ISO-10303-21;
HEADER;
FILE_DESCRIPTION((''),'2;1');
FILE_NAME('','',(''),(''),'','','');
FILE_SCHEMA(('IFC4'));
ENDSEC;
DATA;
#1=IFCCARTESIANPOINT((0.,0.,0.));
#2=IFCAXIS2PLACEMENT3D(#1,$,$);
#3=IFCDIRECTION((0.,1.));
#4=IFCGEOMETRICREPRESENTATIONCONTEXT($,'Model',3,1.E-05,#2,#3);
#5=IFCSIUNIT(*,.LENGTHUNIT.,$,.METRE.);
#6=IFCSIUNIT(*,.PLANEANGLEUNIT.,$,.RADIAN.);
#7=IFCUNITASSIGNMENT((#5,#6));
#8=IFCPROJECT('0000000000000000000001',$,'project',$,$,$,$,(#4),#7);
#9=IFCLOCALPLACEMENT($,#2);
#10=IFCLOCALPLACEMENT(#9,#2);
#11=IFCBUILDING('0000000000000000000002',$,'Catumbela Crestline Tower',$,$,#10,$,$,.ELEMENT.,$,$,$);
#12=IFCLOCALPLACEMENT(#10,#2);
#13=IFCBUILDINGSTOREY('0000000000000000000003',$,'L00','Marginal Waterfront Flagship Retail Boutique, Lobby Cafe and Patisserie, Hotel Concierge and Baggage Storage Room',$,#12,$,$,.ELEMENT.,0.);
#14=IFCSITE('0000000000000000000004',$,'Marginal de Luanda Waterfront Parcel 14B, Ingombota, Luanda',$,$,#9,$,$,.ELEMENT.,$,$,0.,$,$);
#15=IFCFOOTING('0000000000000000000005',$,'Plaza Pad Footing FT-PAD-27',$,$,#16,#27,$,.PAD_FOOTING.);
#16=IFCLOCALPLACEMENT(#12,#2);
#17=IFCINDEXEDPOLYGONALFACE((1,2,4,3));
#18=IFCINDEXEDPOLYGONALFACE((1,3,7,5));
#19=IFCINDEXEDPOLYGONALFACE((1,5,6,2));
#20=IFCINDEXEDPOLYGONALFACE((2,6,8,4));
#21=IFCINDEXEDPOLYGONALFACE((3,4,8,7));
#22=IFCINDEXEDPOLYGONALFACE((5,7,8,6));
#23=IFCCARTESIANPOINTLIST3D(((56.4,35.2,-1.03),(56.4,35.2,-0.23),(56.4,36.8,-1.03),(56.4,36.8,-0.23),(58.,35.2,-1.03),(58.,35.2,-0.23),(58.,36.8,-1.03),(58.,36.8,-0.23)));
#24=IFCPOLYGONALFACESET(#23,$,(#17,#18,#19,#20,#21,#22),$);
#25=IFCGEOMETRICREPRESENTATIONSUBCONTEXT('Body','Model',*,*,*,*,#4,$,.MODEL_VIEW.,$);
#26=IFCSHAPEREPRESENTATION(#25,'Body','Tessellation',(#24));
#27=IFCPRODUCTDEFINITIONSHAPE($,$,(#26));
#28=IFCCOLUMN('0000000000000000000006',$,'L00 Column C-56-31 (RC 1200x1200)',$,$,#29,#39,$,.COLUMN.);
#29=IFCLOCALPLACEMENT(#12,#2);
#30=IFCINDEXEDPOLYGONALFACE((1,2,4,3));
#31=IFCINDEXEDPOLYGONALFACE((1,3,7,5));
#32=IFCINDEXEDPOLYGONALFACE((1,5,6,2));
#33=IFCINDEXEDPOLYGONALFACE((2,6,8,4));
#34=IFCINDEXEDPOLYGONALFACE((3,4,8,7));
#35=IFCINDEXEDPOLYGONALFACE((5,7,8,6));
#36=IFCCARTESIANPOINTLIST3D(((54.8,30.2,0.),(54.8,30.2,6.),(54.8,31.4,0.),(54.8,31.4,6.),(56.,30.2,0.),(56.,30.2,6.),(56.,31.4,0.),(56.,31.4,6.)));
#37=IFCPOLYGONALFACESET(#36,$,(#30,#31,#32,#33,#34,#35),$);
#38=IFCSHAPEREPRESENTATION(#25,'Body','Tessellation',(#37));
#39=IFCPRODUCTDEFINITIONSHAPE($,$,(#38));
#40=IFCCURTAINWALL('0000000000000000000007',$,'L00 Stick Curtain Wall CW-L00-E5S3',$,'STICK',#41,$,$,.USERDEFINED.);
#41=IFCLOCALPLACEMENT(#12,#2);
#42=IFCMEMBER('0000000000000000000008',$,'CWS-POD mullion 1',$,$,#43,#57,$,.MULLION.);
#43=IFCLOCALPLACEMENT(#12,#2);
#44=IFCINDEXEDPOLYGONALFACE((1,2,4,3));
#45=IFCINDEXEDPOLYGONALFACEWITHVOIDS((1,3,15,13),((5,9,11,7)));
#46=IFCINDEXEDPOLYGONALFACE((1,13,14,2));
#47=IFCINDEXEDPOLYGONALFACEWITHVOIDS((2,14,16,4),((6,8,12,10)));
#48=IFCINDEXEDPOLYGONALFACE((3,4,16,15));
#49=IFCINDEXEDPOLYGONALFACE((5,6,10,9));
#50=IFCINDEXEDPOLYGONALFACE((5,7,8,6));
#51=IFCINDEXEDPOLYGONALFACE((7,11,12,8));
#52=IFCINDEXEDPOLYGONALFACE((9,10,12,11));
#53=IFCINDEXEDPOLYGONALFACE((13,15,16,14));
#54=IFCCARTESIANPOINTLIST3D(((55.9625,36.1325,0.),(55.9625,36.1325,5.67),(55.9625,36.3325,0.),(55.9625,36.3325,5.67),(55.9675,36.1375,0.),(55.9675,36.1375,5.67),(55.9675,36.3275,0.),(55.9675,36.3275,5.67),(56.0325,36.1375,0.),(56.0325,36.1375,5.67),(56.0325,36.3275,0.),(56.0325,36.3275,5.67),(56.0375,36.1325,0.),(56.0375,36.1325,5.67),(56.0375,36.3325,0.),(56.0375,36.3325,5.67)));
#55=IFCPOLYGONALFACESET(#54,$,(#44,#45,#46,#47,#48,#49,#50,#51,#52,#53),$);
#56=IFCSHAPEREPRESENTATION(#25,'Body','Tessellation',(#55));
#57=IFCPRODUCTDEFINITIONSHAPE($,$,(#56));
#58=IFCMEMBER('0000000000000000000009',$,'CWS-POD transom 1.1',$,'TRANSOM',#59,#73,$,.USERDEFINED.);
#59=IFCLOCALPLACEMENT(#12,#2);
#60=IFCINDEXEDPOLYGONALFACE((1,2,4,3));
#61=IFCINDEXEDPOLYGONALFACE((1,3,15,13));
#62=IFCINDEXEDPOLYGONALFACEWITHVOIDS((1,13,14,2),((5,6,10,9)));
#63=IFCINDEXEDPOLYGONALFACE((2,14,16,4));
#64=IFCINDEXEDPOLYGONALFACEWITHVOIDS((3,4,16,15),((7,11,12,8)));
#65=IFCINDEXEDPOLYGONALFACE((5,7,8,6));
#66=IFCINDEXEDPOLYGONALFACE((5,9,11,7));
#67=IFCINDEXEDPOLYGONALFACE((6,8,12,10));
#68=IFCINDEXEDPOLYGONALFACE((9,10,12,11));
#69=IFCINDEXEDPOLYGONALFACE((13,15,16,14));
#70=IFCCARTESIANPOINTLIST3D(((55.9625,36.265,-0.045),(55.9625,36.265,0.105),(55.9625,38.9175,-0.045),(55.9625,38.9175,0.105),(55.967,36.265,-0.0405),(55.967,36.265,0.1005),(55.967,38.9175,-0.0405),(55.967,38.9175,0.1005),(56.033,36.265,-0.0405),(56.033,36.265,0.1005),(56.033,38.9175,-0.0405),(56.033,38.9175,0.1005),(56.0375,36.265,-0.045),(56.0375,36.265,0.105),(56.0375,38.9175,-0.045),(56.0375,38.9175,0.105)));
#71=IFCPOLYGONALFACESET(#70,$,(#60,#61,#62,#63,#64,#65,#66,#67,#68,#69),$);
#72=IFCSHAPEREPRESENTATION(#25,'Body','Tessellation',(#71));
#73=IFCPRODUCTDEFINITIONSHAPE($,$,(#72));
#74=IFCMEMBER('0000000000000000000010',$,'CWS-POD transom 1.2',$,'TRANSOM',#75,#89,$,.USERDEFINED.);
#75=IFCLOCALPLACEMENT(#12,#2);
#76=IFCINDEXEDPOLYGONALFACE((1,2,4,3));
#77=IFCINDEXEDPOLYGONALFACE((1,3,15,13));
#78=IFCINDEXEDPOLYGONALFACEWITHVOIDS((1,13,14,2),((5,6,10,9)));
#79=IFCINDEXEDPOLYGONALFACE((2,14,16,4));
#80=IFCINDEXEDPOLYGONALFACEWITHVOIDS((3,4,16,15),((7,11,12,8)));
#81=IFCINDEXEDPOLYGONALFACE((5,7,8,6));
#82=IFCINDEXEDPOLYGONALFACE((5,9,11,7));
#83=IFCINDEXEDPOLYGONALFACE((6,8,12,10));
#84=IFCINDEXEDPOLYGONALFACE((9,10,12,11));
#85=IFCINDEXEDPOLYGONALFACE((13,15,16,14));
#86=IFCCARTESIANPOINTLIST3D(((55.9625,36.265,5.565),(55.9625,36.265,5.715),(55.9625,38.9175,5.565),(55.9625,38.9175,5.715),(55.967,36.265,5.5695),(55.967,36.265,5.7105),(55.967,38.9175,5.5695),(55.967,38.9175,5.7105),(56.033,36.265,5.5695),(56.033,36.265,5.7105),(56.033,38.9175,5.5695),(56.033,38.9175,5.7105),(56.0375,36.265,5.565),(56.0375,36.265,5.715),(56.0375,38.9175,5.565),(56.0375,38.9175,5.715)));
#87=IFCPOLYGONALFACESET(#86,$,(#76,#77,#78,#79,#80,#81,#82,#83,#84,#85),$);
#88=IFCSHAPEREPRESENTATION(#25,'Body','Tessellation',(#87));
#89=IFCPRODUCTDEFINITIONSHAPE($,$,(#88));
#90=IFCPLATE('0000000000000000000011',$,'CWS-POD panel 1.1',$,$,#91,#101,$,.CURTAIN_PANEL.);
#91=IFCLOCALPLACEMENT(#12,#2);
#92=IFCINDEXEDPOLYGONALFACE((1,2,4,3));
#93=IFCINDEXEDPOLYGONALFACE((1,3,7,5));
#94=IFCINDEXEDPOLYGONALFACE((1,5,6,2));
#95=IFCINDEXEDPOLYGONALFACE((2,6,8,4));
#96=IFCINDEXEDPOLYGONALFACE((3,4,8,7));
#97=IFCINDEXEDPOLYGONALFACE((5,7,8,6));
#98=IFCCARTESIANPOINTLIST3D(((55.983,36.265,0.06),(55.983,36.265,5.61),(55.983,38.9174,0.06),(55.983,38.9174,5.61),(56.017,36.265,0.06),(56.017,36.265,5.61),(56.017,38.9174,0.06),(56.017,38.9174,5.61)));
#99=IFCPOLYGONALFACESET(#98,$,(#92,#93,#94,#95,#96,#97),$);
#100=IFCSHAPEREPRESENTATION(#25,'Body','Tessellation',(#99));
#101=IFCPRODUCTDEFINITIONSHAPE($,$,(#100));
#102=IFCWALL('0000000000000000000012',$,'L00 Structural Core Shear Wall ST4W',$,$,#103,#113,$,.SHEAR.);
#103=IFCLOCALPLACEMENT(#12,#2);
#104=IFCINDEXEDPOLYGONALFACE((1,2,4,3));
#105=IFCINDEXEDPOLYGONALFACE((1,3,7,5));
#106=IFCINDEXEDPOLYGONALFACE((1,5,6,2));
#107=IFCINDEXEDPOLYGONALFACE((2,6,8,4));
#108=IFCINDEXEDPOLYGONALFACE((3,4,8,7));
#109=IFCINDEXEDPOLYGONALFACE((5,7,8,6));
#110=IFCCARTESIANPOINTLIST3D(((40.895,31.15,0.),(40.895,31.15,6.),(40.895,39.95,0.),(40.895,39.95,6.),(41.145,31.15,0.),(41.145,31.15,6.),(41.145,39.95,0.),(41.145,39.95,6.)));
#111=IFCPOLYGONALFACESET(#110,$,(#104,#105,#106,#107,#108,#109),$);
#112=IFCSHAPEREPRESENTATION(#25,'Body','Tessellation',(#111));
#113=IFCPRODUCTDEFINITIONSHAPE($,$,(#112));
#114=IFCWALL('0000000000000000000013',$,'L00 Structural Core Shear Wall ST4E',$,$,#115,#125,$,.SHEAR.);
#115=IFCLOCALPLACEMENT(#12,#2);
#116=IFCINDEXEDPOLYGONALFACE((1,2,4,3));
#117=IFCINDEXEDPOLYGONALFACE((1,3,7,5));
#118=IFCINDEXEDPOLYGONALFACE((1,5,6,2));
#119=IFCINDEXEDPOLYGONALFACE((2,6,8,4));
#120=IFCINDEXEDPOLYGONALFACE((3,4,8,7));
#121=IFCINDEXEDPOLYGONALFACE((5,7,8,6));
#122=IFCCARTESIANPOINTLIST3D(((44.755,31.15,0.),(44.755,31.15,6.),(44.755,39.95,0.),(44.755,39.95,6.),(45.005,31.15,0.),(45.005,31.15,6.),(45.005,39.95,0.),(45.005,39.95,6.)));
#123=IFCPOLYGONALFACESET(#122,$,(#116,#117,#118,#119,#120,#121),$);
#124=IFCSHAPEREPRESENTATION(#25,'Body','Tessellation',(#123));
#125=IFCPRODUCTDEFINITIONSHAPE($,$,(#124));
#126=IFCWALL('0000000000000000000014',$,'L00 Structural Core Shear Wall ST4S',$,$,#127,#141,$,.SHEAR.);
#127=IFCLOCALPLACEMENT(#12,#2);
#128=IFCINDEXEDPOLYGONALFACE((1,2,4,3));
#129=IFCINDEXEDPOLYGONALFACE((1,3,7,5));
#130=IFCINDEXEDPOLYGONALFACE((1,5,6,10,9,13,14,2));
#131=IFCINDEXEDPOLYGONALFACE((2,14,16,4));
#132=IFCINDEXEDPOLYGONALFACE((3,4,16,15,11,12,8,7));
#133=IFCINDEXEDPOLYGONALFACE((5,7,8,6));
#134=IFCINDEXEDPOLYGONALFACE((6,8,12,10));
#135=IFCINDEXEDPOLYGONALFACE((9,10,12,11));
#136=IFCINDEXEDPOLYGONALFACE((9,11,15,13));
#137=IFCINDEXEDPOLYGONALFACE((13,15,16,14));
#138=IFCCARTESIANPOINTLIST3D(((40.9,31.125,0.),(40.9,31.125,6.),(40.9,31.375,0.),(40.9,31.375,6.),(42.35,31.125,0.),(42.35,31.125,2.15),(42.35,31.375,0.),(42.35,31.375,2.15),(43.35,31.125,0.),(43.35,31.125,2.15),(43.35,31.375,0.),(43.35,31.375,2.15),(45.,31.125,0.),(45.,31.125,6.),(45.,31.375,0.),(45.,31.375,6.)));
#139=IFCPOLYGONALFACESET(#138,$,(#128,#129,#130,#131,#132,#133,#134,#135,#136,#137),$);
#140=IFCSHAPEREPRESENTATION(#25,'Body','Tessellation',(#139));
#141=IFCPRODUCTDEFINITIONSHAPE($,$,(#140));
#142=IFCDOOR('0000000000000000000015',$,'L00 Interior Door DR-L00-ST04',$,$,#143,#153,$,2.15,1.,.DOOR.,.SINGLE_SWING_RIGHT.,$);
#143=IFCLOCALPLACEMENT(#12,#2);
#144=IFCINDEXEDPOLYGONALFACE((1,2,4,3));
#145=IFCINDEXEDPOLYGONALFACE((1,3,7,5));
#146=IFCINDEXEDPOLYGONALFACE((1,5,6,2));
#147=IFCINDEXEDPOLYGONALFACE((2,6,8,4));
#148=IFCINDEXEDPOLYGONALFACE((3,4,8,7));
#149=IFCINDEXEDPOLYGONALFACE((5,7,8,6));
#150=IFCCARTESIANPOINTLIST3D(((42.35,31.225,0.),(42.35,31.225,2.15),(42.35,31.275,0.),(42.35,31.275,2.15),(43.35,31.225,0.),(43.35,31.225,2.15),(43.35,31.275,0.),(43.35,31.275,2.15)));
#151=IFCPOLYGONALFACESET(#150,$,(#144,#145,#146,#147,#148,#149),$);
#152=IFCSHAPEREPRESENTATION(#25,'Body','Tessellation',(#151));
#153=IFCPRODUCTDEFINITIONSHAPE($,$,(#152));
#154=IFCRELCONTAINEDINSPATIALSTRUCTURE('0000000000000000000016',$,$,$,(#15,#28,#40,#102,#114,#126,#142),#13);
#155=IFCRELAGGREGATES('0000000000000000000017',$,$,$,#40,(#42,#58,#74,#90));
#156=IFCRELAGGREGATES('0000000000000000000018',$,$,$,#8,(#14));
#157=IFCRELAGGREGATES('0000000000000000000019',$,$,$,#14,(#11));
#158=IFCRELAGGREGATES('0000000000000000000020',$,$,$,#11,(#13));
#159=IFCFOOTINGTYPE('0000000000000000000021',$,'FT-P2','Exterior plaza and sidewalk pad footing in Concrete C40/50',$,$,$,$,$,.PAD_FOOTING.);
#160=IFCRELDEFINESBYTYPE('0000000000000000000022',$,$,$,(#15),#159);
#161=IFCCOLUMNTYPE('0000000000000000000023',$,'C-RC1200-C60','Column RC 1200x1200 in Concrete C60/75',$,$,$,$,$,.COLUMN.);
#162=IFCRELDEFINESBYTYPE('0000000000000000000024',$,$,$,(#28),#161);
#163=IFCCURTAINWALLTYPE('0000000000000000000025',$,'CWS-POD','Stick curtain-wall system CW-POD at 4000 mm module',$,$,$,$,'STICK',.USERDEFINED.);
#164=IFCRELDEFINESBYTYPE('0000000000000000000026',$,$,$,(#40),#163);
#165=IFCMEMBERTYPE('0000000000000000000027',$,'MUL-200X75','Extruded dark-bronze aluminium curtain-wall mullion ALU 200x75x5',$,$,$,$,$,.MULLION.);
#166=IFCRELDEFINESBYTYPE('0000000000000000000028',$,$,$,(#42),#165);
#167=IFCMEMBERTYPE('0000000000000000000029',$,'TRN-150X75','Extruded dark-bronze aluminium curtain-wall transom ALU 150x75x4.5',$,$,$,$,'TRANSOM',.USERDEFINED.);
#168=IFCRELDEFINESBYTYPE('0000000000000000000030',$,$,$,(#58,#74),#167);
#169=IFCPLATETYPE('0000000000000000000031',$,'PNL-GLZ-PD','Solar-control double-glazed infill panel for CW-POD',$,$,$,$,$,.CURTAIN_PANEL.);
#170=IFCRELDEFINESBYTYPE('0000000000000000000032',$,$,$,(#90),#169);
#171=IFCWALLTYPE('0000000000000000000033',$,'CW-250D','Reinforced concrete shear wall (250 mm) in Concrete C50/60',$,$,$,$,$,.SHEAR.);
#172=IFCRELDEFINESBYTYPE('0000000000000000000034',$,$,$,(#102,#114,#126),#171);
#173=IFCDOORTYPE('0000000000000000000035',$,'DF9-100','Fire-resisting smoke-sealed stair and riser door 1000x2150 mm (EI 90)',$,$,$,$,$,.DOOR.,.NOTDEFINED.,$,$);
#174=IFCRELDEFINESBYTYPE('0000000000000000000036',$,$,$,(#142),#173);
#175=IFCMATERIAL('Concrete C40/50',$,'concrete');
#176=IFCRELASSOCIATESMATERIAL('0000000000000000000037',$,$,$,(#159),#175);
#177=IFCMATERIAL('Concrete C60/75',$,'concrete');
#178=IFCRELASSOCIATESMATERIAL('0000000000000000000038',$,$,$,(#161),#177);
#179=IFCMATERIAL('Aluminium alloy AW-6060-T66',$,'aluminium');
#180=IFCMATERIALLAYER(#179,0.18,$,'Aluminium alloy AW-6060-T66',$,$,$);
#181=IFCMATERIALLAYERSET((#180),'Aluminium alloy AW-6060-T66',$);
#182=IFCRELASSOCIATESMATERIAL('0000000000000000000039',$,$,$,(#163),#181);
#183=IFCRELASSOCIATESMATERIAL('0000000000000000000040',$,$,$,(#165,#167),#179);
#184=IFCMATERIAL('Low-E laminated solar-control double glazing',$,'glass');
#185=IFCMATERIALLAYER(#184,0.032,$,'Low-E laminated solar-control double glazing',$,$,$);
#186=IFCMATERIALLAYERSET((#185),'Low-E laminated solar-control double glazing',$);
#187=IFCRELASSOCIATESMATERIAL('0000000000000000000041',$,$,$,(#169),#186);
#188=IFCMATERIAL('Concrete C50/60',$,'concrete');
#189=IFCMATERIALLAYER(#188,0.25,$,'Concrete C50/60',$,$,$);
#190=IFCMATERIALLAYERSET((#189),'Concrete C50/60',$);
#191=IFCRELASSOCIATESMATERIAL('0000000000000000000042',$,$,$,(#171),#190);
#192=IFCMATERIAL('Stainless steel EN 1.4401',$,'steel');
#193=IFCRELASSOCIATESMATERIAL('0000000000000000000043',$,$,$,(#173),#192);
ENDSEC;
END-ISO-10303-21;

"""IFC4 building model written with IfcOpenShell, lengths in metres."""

from ifc_helpers import new_model, si_unit, direction, frame, frame_2d, origin, origin_2d, place, context, subcontext, project, spatial, rectangle, hollow_rectangle, extrude, material, layer, layer_set, material_profile, profile_set, type_object, element, fill, aggregate, save


model = new_model("IFC4")

# Units and contexts
model_context = context("Model", 3, precision=1e-05, world=origin(), true_north=direction((0.0, 1.0)))
body_context = subcontext(model_context, "Body", "Model", "MODEL_VIEW")
ifc_project = project(units=[si_unit("LENGTHUNIT", "METRE"), si_unit("PLANEANGLEUNIT", "RADIAN")], contexts=[model_context])

# Site, building, storey
site_placement = place(None, origin())
site = spatial("IfcSite", under=ifc_project, at=site_placement, Name="Marginal de Luanda Waterfront Parcel 14B, Ingombota, Luanda", CompositionType="ELEMENT", RefElevation=0.0)
building_placement = place(site_placement, origin())
building = spatial("IfcBuilding", under=site, at=building_placement, Name="Catumbela Crestline Tower", CompositionType="ELEMENT")
storey_placement = place(building_placement, origin())
storey = spatial("IfcBuildingStorey", under=building, at=storey_placement, Name="L00", Description="Marginal Waterfront Flagship Retail Boutique, Lobby Cafe and Patisserie, Hotel Concierge and Baggage Storage Room", CompositionType="ELEMENT", Elevation=0.0)

# Footing
ifc_material_1 = material(Name="Concrete C40/50", Category="concrete")
footing_type = type_object("IfcFootingType", Name="FT-P2", Description="Exterior plaza and sidewalk pad footing in Concrete C40/50", PredefinedType="PAD_FOOTING", material=ifc_material_1)
footing_placement = place(storey_placement, frame((57.2, 36.0, -1.03), z_axis=(0.0, 0.0, 1.0), x_axis=(1.0, 0.0, 0.0)))
element("IfcFooting", 1, at=footing_placement, inside=storey, type_object=footing_type, Name="Plaza Pad Footing FT-PAD-27", PredefinedType="PAD_FOOTING", context=body_context, shape_type="SweptSolid", body=[
    extrude(rectangle(XDim=1.6, YDim=1.6, at=origin_2d()), origin(), (0.0, 0.0, 1.0), 0.8),
])

# Column
ifc_material_2 = material(Name="Concrete C60/75", Category="concrete")
ifc_material_profile_1 = material_profile(ifc_material_2, rectangle(XDim=1.2, YDim=1.2, at=origin_2d()), Name="RC 1200x1200")
ifc_profile_set_1 = profile_set([ifc_material_profile_1], Name="Concrete C60/75")
column_type = type_object("IfcColumnType", Name="C-RC1200-C60", Description="Column RC 1200x1200 in Concrete C60/75", PredefinedType="COLUMN", material=ifc_profile_set_1)
column_placement = place(storey_placement, frame((55.4, 30.8, 0.0), z_axis=(0.0, 0.0, 1.0), x_axis=(1.0, 0.0, 0.0)))
element("IfcColumn", 2, at=column_placement, inside=storey, type_object=column_type, Name="L00 Column C-56-31 (RC 1200x1200)", PredefinedType="COLUMN", context=body_context, shape_type="SweptSolid", body=[
    extrude(rectangle(XDim=1.2, YDim=1.2, at=origin_2d()), origin(), (0.0, 0.0, 1.0), 6.0),
])

# Curtain wall, members, plate
ifc_material_3 = material(Name="Aluminium alloy AW-6060-T66", Category="aluminium")
ifc_layer_1 = layer(ifc_material_3, 0.18, Name="Aluminium alloy AW-6060-T66")
ifc_layer_set_1 = layer_set([ifc_layer_1], Name="Aluminium alloy AW-6060-T66")
curtain_wall_type = type_object("IfcCurtainWallType", Name="CWS-POD", Description="Stick curtain-wall system CW-POD at 4000 mm module", ElementType="STICK", PredefinedType="USERDEFINED", material=ifc_layer_set_1)
curtain_wall_placement = place(storey_placement, origin())
curtain_wall = element("IfcCurtainWall", 3, at=curtain_wall_placement, inside=storey, type_object=curtain_wall_type, Name="L00 Stick Curtain Wall CW-L00-E5S3", ObjectType="STICK", PredefinedType="USERDEFINED")
ifc_material_profile_2 = material_profile(ifc_material_3, hollow_rectangle(XDim=0.075, YDim=0.2, WallThickness=0.005, at=origin_2d()), Name="ALU 200x75x5")
ifc_profile_set_2 = profile_set([ifc_material_profile_2], Name="Aluminium alloy AW-6060-T66")
member_type_1 = type_object("IfcMemberType", Name="MUL-200X75", Description="Extruded dark-bronze aluminium curtain-wall mullion ALU 200x75x5", PredefinedType="MULLION", material=ifc_profile_set_2)
member_1_placement = place(storey_placement, frame((56.0, 36.2325, 0.0), z_axis=(0.0, 0.0, 1.0), x_axis=(-1.0, 0.0, 0.0)))
member_1 = element("IfcMember", 4, at=member_1_placement, type_object=member_type_1, Name="CWS-POD mullion 1", PredefinedType="MULLION", context=body_context, shape_type="SweptSolid", body=[
    extrude(hollow_rectangle(XDim=0.075, YDim=0.2, WallThickness=0.005, at=origin_2d()), origin(), (0.0, 0.0, 1.0), 5.67),
])
ifc_material_profile_3 = material_profile(ifc_material_3, hollow_rectangle(XDim=0.075, YDim=0.15, WallThickness=0.0045, at=origin_2d()), Name="ALU 150x75x4.5")
ifc_profile_set_3 = profile_set([ifc_material_profile_3], Name="Aluminium alloy AW-6060-T66")
member_type_2 = type_object("IfcMemberType", Name="TRN-150X75", Description="Extruded dark-bronze aluminium curtain-wall transom ALU 150x75x4.5", ElementType="TRANSOM", PredefinedType="USERDEFINED", material=ifc_profile_set_3)
member_2_placement = place(storey_placement, frame((56.0, 36.265, 0.03), z_axis=(0.0, 1.0, 0.0), x_axis=(-1.0, 0.0, 0.0)))
member_2 = element("IfcMember", 5, at=member_2_placement, type_object=member_type_2, Name="CWS-POD transom 1.1", ObjectType="TRANSOM", PredefinedType="USERDEFINED", context=body_context, shape_type="SweptSolid", body=[
    extrude(hollow_rectangle(XDim=0.075, YDim=0.15, WallThickness=0.0045, at=origin_2d()), origin(), (0.0, 0.0, 1.0), 2.6525),
])
member_3_placement = place(storey_placement, frame((56.0, 36.265, 5.64), z_axis=(0.0, 1.0, 0.0), x_axis=(-1.0, 0.0, 0.0)))
member_3 = element("IfcMember", 6, at=member_3_placement, type_object=member_type_2, Name="CWS-POD transom 1.2", ObjectType="TRANSOM", PredefinedType="USERDEFINED", context=body_context, shape_type="SweptSolid", body=[
    extrude(hollow_rectangle(XDim=0.075, YDim=0.15, WallThickness=0.0045, at=origin_2d()), origin(), (0.0, 0.0, 1.0), 2.6525),
])
ifc_material_4 = material(Name="Low-E laminated solar-control double glazing", Category="glass")
ifc_layer_2 = layer(ifc_material_4, 0.032, Name="Low-E laminated solar-control double glazing")
ifc_layer_set_2 = layer_set([ifc_layer_2], Name="Low-E laminated solar-control double glazing")
plate_type = type_object("IfcPlateType", Name="PNL-GLZ-PD", Description="Solar-control double-glazed infill panel for CW-POD", PredefinedType="CURTAIN_PANEL", material=ifc_layer_set_2)
plate_placement = place(storey_placement, frame((56.0, 37.5912, 0.06), z_axis=(0.0, 0.0, 1.0), x_axis=(0.0, 1.0, 0.0)))
plate = element("IfcPlate", 7, at=plate_placement, type_object=plate_type, Name="CWS-POD panel 1.1", PredefinedType="CURTAIN_PANEL", context=body_context, shape_type="SweptSolid", body=[
    extrude(rectangle(XDim=2.6525, YDim=0.034, at=origin_2d()), origin(), (0.0, 0.0, 1.0), 5.55),
])
aggregate(curtain_wall, [member_1, member_2, member_3, plate])

# Walls
ifc_material_5 = material(Name="Concrete C50/60", Category="concrete")
ifc_layer_3 = layer(ifc_material_5, 0.25, Name="Concrete C50/60")
ifc_layer_set_3 = layer_set([ifc_layer_3], Name="Concrete C50/60")
wall_type_1 = type_object("IfcWallType", Name="CW-250D", Description="Reinforced concrete shear wall (250 mm) in Concrete C50/60", PredefinedType="SHEAR", material=ifc_layer_set_3)
for number, where, z_axis, x_axis, name in (
    (8, (41.02, 31.15, 0.0), (0.0, 0.0, 1.0), (0.0, 1.0, 0.0), "L00 Structural Core Shear Wall ST4W"),
    (9, (44.88, 31.15, 0.0), (0.0, 0.0, 1.0), (0.0, 1.0, 0.0), "L00 Structural Core Shear Wall ST4E"),
):
    element("IfcWall", number, at=place(storey_placement, frame(where, z_axis=z_axis, x_axis=x_axis)), inside=storey, type_object=wall_type_1, Name=name, PredefinedType="SHEAR", context=body_context, shape_type="SweptSolid", body=[
        extrude(rectangle(XDim=8.8, YDim=0.25, at=frame_2d((4.4, 0.0))), origin(), (0.0, 0.0, 1.0), 6.0),
    ])

# Wall, opening, door
wall_1_placement = place(storey_placement, frame((40.9, 31.25, 0.0), z_axis=(0.0, 0.0, 1.0), x_axis=(1.0, 0.0, 0.0)))
wall_1 = element("IfcWall", 10, at=wall_1_placement, inside=storey, type_object=wall_type_1, Name="L00 Structural Core Shear Wall ST4S", PredefinedType="SHEAR", context=body_context, shape_type="SweptSolid", body=[
    extrude(rectangle(XDim=4.1, YDim=0.25, at=frame_2d((2.05, 0.0))), origin(), (0.0, 0.0, 1.0), 6.0),
])
opening_1_placement = place(wall_1_placement, frame((1.45, 0.0, 0.0)))
opening_1 = element("IfcOpeningElement", 11, at=opening_1_placement, cuts=wall_1, PredefinedType="OPENING", context=body_context, shape_type="SweptSolid", body=[
    extrude(rectangle(XDim=1.0, YDim=2.15, at=frame_2d((0.5, 1.075))), frame((0.0, 0.135, 0.0), z_axis=(0.0, -1.0, 0.0), x_axis=(1.0, 0.0, 0.0)), (0.0, 0.0, 1.0), 0.27),
])
ifc_material_6 = material(Name="Stainless steel EN 1.4401", Category="steel")
door_type_1 = type_object("IfcDoorType", Name="DF9-100", Description="Fire-resisting smoke-sealed stair and riser door 1000x2150 mm (EI 90)", OperationType="NOTDEFINED", PredefinedType="DOOR", material=ifc_material_6)
door_1_placement = place(opening_1_placement, origin())
door_1 = element("IfcDoor", 12, at=door_1_placement, inside=storey, type_object=door_type_1, Name="L00 Interior Door DR-L00-ST04", OperationType="SINGLE_SWING_RIGHT", OverallHeight=2.15, OverallWidth=1.0, PredefinedType="DOOR", context=body_context, shape_type="SweptSolid", body=[
    extrude(rectangle(XDim=1.0, YDim=2.15, at=frame_2d((0.5, 1.075))), frame((0.0, 0.025, 0.0), z_axis=(0.0, -1.0, 0.0), x_axis=(1.0, 0.0, 0.0)), (0.0, 0.0, 1.0), 0.05),
])
fill(opening_1, door_1)

save(model, "model.ifc")
